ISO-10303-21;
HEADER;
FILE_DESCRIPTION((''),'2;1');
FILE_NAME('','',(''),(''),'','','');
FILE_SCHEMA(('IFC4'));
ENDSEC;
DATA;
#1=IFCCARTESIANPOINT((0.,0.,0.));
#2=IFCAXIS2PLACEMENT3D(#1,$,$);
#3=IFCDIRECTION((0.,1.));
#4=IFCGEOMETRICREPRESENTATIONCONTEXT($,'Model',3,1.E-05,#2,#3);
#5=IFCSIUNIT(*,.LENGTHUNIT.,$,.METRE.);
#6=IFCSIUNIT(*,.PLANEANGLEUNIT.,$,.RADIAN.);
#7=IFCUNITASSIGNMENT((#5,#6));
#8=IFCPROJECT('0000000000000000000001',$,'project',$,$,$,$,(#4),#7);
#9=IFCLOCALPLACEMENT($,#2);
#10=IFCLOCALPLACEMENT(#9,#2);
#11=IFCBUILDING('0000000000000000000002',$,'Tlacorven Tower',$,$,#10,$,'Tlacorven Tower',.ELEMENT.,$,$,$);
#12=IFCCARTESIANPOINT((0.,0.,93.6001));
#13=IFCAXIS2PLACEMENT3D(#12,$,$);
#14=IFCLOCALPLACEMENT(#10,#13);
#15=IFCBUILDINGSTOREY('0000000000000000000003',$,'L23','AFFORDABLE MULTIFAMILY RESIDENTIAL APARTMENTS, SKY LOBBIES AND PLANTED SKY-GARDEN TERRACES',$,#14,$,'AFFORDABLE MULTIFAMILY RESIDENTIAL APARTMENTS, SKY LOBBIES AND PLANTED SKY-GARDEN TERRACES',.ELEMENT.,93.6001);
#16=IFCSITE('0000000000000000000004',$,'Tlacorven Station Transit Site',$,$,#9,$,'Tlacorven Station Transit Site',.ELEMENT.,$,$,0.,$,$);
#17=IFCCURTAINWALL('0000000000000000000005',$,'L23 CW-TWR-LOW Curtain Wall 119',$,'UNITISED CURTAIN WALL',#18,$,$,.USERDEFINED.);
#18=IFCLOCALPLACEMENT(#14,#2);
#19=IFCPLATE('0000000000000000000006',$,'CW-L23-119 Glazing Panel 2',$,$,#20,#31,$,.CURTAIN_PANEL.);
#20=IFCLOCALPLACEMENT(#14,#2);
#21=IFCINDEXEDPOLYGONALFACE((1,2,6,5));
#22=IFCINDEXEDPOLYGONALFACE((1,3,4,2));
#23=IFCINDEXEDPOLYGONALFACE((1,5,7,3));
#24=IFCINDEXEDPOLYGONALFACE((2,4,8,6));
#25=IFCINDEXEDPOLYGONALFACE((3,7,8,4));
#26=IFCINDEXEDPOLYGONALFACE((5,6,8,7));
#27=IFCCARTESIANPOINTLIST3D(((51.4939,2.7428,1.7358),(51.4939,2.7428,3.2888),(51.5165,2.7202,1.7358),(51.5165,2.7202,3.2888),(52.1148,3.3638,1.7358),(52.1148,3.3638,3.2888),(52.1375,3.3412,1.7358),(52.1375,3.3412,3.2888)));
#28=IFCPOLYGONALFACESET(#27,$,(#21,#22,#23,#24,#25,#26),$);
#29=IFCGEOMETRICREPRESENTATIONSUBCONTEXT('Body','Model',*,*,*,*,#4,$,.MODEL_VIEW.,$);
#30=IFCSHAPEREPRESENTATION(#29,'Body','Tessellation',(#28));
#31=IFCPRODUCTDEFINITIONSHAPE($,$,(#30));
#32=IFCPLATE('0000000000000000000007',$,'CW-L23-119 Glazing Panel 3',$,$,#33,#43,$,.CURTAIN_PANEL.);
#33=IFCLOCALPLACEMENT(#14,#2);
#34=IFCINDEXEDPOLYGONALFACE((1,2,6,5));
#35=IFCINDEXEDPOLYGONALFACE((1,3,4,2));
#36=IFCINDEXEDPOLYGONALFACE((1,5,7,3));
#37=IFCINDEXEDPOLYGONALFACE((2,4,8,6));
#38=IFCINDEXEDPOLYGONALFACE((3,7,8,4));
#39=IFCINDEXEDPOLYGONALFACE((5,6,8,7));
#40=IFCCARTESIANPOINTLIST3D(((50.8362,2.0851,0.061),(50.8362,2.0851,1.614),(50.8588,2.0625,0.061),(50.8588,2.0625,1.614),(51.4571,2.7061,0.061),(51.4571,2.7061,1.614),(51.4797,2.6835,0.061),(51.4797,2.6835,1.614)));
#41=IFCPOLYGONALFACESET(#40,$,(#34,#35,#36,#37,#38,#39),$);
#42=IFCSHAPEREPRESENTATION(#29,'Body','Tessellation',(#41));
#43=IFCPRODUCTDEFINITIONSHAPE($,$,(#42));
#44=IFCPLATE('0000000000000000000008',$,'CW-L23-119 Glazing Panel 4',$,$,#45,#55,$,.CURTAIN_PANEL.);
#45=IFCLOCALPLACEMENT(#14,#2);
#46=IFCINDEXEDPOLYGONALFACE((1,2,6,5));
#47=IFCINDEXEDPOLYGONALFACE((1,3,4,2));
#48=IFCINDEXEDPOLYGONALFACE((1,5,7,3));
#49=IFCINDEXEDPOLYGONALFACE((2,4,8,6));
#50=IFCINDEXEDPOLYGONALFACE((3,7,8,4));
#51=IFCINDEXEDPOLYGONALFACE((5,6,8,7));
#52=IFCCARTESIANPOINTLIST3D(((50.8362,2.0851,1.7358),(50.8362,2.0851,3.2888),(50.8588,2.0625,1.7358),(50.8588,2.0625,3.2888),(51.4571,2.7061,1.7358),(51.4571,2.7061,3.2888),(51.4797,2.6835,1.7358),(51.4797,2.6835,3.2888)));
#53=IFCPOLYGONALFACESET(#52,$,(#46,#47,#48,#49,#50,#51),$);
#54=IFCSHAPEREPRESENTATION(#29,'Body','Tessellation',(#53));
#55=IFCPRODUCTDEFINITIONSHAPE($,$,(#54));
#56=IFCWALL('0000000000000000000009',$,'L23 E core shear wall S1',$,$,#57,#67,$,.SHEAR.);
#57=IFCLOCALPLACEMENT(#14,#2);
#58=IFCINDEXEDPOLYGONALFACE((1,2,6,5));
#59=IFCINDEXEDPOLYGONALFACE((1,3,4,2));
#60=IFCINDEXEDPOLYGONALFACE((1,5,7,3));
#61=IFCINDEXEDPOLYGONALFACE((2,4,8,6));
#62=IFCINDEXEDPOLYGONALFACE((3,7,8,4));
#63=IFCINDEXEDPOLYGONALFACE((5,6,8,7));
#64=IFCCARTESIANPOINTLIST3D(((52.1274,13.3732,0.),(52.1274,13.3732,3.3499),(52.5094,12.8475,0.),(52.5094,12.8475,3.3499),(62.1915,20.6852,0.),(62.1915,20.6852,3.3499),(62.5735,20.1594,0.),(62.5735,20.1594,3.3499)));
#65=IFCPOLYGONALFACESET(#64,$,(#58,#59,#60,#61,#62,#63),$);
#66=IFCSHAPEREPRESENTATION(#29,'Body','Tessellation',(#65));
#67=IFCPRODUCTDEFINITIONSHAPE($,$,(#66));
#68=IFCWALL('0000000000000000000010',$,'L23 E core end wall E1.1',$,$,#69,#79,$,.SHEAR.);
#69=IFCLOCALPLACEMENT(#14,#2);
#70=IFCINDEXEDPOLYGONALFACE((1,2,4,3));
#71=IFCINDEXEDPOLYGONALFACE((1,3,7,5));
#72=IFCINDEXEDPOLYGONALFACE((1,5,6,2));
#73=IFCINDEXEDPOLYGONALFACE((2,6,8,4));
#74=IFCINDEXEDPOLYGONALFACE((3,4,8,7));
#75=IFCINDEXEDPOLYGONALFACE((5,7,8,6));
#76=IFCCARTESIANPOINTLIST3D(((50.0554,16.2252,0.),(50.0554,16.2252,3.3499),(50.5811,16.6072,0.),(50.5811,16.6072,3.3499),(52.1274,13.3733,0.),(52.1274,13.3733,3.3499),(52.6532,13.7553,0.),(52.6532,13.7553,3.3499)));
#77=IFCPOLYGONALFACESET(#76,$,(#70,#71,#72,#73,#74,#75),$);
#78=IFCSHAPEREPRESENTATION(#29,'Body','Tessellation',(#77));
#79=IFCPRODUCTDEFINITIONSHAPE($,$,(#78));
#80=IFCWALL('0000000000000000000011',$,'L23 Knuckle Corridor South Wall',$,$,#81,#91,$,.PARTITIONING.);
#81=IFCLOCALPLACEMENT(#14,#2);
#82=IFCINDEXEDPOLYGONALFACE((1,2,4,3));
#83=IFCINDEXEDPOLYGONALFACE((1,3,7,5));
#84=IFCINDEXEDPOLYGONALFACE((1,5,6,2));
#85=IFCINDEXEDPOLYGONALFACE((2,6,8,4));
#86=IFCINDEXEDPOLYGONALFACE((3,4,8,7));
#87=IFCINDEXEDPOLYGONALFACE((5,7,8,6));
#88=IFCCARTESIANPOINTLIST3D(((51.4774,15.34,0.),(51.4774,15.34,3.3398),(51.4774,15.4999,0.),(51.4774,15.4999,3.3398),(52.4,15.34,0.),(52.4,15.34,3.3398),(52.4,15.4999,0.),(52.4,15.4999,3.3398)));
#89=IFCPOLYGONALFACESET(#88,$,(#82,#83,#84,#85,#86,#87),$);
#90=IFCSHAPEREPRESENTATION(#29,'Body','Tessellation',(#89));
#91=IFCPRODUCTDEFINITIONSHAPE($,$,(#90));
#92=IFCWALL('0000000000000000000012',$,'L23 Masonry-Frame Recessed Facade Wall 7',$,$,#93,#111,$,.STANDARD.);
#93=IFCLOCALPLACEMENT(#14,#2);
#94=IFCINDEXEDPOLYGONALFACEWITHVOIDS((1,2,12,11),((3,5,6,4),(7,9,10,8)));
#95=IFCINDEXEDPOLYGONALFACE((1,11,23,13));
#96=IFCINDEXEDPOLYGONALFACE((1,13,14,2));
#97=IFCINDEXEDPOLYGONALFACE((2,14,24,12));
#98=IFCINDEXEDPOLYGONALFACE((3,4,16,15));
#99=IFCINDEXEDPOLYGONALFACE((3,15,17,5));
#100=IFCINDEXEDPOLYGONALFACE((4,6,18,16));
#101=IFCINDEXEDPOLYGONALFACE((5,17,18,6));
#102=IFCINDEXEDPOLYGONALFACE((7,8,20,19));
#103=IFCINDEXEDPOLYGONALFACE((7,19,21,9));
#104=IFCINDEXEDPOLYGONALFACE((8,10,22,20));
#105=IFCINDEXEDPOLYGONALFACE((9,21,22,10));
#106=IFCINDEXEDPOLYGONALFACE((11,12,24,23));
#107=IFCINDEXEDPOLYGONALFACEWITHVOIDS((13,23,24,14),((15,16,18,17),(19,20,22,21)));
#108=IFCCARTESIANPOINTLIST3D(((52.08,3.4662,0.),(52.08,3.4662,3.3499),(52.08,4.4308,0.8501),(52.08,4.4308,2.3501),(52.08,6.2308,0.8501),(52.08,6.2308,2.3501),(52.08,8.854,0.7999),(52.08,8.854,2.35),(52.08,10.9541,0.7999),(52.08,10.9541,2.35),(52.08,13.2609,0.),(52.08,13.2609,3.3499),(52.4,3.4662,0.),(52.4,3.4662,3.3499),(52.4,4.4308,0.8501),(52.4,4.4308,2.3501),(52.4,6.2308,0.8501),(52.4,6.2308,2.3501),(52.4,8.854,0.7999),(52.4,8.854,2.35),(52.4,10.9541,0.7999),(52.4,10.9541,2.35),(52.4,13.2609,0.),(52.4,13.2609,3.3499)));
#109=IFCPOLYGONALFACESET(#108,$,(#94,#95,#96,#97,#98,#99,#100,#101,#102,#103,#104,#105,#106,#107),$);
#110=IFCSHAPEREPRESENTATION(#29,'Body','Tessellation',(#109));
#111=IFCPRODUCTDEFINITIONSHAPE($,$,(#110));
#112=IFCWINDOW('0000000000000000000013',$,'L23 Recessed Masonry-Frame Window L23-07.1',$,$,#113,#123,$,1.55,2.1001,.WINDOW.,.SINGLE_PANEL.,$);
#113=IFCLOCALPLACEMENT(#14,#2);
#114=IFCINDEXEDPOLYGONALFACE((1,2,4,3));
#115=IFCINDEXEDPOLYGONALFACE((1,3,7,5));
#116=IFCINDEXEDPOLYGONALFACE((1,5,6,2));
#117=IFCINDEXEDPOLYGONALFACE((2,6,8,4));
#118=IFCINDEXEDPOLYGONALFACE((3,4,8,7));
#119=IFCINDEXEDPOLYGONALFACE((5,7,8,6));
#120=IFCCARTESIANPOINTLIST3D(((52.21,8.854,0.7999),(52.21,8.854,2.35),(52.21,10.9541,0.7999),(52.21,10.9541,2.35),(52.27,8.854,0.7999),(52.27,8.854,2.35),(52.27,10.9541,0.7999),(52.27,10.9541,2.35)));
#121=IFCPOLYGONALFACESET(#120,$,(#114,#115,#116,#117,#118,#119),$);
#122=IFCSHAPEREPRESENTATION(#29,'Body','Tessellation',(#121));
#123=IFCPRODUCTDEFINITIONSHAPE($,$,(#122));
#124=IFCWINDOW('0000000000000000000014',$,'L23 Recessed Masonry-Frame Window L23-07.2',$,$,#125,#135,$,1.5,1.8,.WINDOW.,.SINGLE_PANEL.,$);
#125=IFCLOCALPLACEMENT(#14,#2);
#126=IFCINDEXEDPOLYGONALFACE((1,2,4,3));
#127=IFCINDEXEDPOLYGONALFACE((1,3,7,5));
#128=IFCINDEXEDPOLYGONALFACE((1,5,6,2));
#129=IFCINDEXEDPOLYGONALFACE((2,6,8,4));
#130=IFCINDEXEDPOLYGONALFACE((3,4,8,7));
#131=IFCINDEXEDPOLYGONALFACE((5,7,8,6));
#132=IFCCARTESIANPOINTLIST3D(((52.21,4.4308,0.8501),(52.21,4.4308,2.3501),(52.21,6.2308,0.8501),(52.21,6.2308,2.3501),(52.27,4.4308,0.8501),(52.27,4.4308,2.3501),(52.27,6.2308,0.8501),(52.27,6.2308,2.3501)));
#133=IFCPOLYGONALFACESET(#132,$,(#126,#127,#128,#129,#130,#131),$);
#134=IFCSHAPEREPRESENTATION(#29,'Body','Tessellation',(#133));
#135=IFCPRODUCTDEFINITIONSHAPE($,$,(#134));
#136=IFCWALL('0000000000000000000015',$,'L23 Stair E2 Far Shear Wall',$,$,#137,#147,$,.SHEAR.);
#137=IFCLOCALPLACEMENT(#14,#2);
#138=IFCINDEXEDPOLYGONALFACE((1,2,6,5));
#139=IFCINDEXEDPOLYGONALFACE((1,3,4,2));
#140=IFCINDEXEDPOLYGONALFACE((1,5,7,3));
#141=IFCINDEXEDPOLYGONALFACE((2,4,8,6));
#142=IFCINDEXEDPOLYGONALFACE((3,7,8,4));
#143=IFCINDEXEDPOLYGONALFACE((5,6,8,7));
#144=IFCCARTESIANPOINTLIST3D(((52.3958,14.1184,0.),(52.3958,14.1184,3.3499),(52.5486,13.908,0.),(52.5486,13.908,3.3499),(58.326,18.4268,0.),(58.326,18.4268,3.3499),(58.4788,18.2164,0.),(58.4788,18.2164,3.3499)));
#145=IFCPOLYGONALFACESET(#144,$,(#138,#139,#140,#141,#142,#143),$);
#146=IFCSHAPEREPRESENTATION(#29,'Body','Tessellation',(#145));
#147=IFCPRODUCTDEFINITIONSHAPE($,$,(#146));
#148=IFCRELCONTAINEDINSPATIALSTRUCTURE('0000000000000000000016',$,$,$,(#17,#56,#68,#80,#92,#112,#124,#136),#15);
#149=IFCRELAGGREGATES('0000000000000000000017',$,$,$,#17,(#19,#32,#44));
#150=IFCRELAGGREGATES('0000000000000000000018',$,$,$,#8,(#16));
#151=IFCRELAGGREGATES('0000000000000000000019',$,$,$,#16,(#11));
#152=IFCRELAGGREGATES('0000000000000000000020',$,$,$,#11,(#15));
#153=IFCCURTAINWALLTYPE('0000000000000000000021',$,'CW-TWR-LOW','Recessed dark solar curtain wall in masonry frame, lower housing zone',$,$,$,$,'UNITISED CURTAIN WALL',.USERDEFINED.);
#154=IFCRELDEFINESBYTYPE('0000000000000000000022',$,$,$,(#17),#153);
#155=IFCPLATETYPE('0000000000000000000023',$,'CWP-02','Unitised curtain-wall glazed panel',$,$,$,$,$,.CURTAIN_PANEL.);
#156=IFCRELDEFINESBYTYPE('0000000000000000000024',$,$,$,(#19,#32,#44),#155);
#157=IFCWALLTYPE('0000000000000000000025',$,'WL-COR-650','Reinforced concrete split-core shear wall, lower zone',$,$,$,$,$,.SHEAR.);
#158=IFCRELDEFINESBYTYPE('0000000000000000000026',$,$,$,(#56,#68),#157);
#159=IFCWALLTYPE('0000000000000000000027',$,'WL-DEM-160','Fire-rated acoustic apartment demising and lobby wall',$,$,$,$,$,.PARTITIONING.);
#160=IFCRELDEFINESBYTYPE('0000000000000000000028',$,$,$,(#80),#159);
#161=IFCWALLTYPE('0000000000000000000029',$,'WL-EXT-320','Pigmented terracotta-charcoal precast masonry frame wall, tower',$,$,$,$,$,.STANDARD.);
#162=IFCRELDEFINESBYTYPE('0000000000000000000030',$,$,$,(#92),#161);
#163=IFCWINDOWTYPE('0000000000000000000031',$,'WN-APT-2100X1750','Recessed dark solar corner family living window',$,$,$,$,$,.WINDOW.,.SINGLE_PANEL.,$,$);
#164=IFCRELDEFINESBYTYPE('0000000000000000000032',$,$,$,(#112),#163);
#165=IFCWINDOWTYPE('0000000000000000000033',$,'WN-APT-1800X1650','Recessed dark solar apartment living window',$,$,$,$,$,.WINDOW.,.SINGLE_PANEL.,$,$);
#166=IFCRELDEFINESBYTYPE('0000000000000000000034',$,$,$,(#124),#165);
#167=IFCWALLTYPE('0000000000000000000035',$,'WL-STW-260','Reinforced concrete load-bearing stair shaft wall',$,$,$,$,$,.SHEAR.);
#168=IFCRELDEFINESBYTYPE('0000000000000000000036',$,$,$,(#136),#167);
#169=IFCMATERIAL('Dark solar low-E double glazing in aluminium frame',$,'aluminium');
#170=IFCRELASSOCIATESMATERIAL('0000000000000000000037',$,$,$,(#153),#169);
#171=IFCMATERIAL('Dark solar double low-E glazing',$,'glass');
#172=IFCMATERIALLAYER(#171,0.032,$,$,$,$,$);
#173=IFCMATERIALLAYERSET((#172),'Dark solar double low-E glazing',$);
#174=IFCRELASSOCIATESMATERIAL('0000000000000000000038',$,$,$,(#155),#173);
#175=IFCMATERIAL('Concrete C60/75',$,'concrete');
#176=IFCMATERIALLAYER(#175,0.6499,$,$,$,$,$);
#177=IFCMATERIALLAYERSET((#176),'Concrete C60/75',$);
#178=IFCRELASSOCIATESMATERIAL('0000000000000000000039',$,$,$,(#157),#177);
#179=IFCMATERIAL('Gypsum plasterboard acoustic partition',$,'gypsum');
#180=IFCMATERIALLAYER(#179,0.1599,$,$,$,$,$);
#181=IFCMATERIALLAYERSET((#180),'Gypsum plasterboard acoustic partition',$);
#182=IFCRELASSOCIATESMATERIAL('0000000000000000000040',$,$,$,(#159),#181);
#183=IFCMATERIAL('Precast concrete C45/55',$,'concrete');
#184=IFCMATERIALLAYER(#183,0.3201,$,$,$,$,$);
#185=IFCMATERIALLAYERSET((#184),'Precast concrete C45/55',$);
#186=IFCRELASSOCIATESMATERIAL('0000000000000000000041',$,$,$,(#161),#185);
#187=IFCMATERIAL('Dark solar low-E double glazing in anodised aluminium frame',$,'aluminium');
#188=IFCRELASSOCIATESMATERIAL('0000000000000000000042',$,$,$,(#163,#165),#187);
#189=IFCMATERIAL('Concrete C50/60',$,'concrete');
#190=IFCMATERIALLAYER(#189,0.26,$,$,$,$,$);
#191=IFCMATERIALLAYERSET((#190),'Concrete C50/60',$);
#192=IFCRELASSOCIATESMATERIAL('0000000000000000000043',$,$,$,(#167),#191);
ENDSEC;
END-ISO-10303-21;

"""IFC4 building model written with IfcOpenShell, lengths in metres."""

from ifc_helpers import new_model, si_unit, direction, frame, frame_2d, origin, origin_2d, place, context, subcontext, project, spatial, rectangle, extrude, source, transform, mapped, material, layer, layer_set, type_object, element, fill, aggregate, save


model = new_model("IFC4")

# Units and contexts
model_context = context("Model", 3, precision=1e-05, world=origin(), true_north=direction((0.0, 1.0)))
body_context = subcontext(model_context, "Body", "Model", "MODEL_VIEW")
ifc_project = project(units=[si_unit("LENGTHUNIT", "METRE"), si_unit("PLANEANGLEUNIT", "RADIAN")], contexts=[model_context])

# Site, building, storey
site_placement = place(None, origin())
site = spatial("IfcSite", under=ifc_project, at=site_placement, Name="Tlacorven Station Transit Site", LongName="Tlacorven Station Transit Site", CompositionType="ELEMENT", RefElevation=0.0)
building_placement = place(site_placement, origin())
building = spatial("IfcBuilding", under=site, at=building_placement, Name="Tlacorven Tower", LongName="Tlacorven Tower", CompositionType="ELEMENT")
storey_placement = place(building_placement, frame((0.0, 0.0, 93.6001)))
storey = spatial("IfcBuildingStorey", under=building, at=storey_placement, Name="L23", Description="AFFORDABLE MULTIFAMILY RESIDENTIAL APARTMENTS, SKY LOBBIES AND PLANTED SKY-GARDEN TERRACES", LongName="AFFORDABLE MULTIFAMILY RESIDENTIAL APARTMENTS, SKY LOBBIES AND PLANTED SKY-GARDEN TERRACES", CompositionType="ELEMENT", Elevation=93.6001)

# Curtain wall, plates
ifc_material_1 = material(Name="Dark solar low-E double glazing in aluminium frame", Category="aluminium")
curtain_wall_type = type_object("IfcCurtainWallType", Name="CW-TWR-LOW", Description="Recessed dark solar curtain wall in masonry frame, lower housing zone", ElementType="UNITISED CURTAIN WALL", PredefinedType="USERDEFINED", material=ifc_material_1)
curtain_wall_placement = place(storey_placement, origin())
curtain_wall = element("IfcCurtainWall", 1, at=curtain_wall_placement, inside=storey, type_object=curtain_wall_type, Name="L23 CW-TWR-LOW Curtain Wall 119", ObjectType="UNITISED CURTAIN WALL", PredefinedType="USERDEFINED")
ifc_material_2 = material(Name="Dark solar double low-E glazing", Category="glass")
ifc_layer_1 = layer(ifc_material_2, 0.032)
ifc_layer_set_1 = layer_set([ifc_layer_1], Name="Dark solar double low-E glazing")
plate_type = type_object("IfcPlateType", Name="CWP-02", Description="Unitised curtain-wall glazed panel", PredefinedType="CURTAIN_PANEL", material=ifc_layer_set_1)
shared_shape_1 = source(origin(), body_context, "Body", "SweptSolid", [
    extrude(rectangle(XDim=0.8782, YDim=0.032, at=origin_2d()), origin(), (0.0, 0.0, 1.0), 1.553),
])
plate_1_placement = place(storey_placement, frame((51.8157, 3.042, 1.7358), z_axis=(0.0, 0.0, 1.0), x_axis=(-0.707107, -0.707107, 0.0)))
plate_1 = element("IfcPlate", 2, at=plate_1_placement, type_object=plate_type, Name="CW-L23-119 Glazing Panel 2", PredefinedType="CURTAIN_PANEL", context=body_context, shape_type="MappedRepresentation", body=[
    mapped(shared_shape_1, transform((0.0, 0.0, 0.0), scale=1.0)),
])
plate_2_placement = place(storey_placement, frame((51.158, 2.3843, 0.061), z_axis=(0.0, 0.0, 1.0), x_axis=(-0.707107, -0.707107, 0.0)))
plate_2 = element("IfcPlate", 3, at=plate_2_placement, type_object=plate_type, Name="CW-L23-119 Glazing Panel 3", PredefinedType="CURTAIN_PANEL", context=body_context, shape_type="MappedRepresentation", body=[
    mapped(shared_shape_1, transform((0.0, 0.0, 0.0), scale=1.0)),
])
plate_3_placement = place(storey_placement, frame((51.158, 2.3843, 1.7358), z_axis=(0.0, 0.0, 1.0), x_axis=(-0.707107, -0.707107, 0.0)))
plate_3 = element("IfcPlate", 4, at=plate_3_placement, type_object=plate_type, Name="CW-L23-119 Glazing Panel 4", PredefinedType="CURTAIN_PANEL", context=body_context, shape_type="MappedRepresentation", body=[
    mapped(shared_shape_1, transform((0.0, 0.0, 0.0), scale=1.0)),
])
aggregate(curtain_wall, [plate_1, plate_2, plate_3])

# Walls
ifc_material_3 = material(Name="Concrete C60/75", Category="concrete")
ifc_layer_2 = layer(ifc_material_3, 0.6499)
ifc_layer_set_2 = layer_set([ifc_layer_2], Name="Concrete C60/75")
wall_type_1 = type_object("IfcWallType", Name="WL-COR-650", Description="Reinforced concrete split-core shear wall, lower zone", PredefinedType="SHEAR", material=ifc_layer_set_2)
wall_1_placement = place(storey_placement, frame((52.3184, 13.1104, 0.0), z_axis=(0.0, 0.0, 1.0), x_axis=(0.809019, 0.587782, 0.0)))
element("IfcWall", 5, at=wall_1_placement, inside=storey, type_object=wall_type_1, Name="L23 E core shear wall S1", PredefinedType="SHEAR", context=body_context, shape_type="SweptSolid", body=[
    extrude(rectangle(XDim=12.4399, YDim=0.6499, at=frame_2d((6.22, 0.0))), origin(), (0.0, 0.0, 1.0), 3.3499),
])
wall_2_placement = place(storey_placement, frame((52.3904, 13.5642, 0.0), z_axis=(0.0, 0.0, 1.0), x_axis=(-0.587797, 0.809009, 0.0)))
element("IfcWall", 6, at=wall_2_placement, inside=storey, type_object=wall_type_1, Name="L23 E core end wall E1.1", PredefinedType="SHEAR", context=body_context, shape_type="SweptSolid", body=[
    extrude(rectangle(XDim=3.5251, YDim=0.6499, at=frame_2d((1.7627, 0.0))), origin(), (0.0, 0.0, 1.0), 3.3499),
])
ifc_material_4 = material(Name="Gypsum plasterboard acoustic partition", Category="gypsum")
ifc_layer_3 = layer(ifc_material_4, 0.1599)
ifc_layer_set_3 = layer_set([ifc_layer_3], Name="Gypsum plasterboard acoustic partition")
wall_type_2 = type_object("IfcWallType", Name="WL-DEM-160", Description="Fire-rated acoustic apartment demising and lobby wall", PredefinedType="PARTITIONING", material=ifc_layer_set_3)
wall_3_placement = place(storey_placement, frame((51.4773, 15.4199, 0.0), z_axis=(0.0, 0.0, 1.0), x_axis=(1.0, 0.0, 0.0)))
element("IfcWall", 7, at=wall_3_placement, inside=storey, type_object=wall_type_2, Name="L23 Knuckle Corridor South Wall", PredefinedType="PARTITIONING", context=body_context, shape_type="SweptSolid", body=[
    extrude(rectangle(XDim=0.9226, YDim=0.1599, at=frame_2d((0.4614, 0.0))), origin(), (0.0, 0.0, 1.0), 3.3398),
])

# Wall, openings, windows
ifc_material_5 = material(Name="Precast concrete C45/55", Category="concrete")
ifc_layer_4 = layer(ifc_material_5, 0.3201)
ifc_layer_set_4 = layer_set([ifc_layer_4], Name="Precast concrete C45/55")
wall_type_3 = type_object("IfcWallType", Name="WL-EXT-320", Description="Pigmented terracotta-charcoal precast masonry frame wall, tower", PredefinedType="STANDARD", material=ifc_layer_set_4)
wall_4_placement = place(storey_placement, frame((52.24, 13.261, 0.0), z_axis=(0.0, 0.0, 1.0), x_axis=(0.0, -1.0, 0.0)))
wall_4 = element("IfcWall", 8, at=wall_4_placement, inside=storey, type_object=wall_type_3, Name="L23 Masonry-Frame Recessed Facade Wall 7", PredefinedType="STANDARD", context=body_context, shape_type="SweptSolid", body=[
    extrude(rectangle(XDim=9.7947, YDim=0.3201, at=frame_2d((4.8975, 0.0))), origin(), (0.0, 0.0, 1.0), 3.3499),
])
opening_1_placement = place(wall_4_placement, frame((2.3069, 0.0, 0.8)))
opening_1 = element("IfcOpeningElement", 9, at=opening_1_placement, cuts=wall_4, PredefinedType="OPENING", context=body_context, shape_type="SweptSolid", body=[
    extrude(rectangle(XDim=2.1001, YDim=1.55, at=frame_2d((1.05, 0.7749))), frame((0.0, 0.1699, 0.0), z_axis=(0.0, -1.0, 0.0), x_axis=(1.0, 0.0, 0.0)), (0.0, 0.0, 1.0), 0.3401),
])
opening_2_placement = place(wall_4_placement, frame((7.0303, 0.0, 0.8501)))
opening_2 = element("IfcOpeningElement", 10, at=opening_2_placement, cuts=wall_4, PredefinedType="OPENING", context=body_context, shape_type="SweptSolid", body=[
    extrude(rectangle(XDim=1.8, YDim=1.5, at=frame_2d((0.8999, 0.75))), frame((0.0, 0.1699, 0.0), z_axis=(0.0, -1.0, 0.0), x_axis=(1.0, 0.0, 0.0)), (0.0, 0.0, 1.0), 0.3401),
])
ifc_material_6 = material(Name="Dark solar low-E double glazing in anodised aluminium frame", Category="aluminium")
window_type_1 = type_object("IfcWindowType", Name="WN-APT-2100X1750", Description="Recessed dark solar corner family living window", PartitioningType="SINGLE_PANEL", PredefinedType="WINDOW", material=ifc_material_6)
shared_shape_2 = source(origin(), body_context, "Body", "SweptSolid", [
    extrude(rectangle(XDim=2.1001, YDim=1.55, at=frame_2d((1.05, 0.7749))), frame((0.0, 0.03, 0.0), z_axis=(0.0, -1.0, 0.0), x_axis=(1.0, 0.0, 0.0)), (0.0, 0.0, 1.0), 0.0601),
])
window_1_placement = place(opening_1_placement, origin())
window_1 = element("IfcWindow", 11, at=window_1_placement, inside=storey, type_object=window_type_1, Name="L23 Recessed Masonry-Frame Window L23-07.1", OverallHeight=1.55, OverallWidth=2.1001, PartitioningType="SINGLE_PANEL", PredefinedType="WINDOW", context=body_context, shape_type="MappedRepresentation", body=[
    mapped(shared_shape_2, transform((0.0, 0.0, 0.0), scale=1.0)),
])
fill(opening_1, window_1)
window_type_2 = type_object("IfcWindowType", Name="WN-APT-1800X1650", Description="Recessed dark solar apartment living window", PartitioningType="SINGLE_PANEL", PredefinedType="WINDOW", material=ifc_material_6)
shared_shape_3 = source(origin(), body_context, "Body", "SweptSolid", [
    extrude(rectangle(XDim=1.8, YDim=1.5, at=frame_2d((0.8999, 0.75))), frame((0.0, 0.03, 0.0), z_axis=(0.0, -1.0, 0.0), x_axis=(1.0, 0.0, 0.0)), (0.0, 0.0, 1.0), 0.0601),
])
window_2_placement = place(opening_2_placement, origin())
window_2 = element("IfcWindow", 12, at=window_2_placement, inside=storey, type_object=window_type_2, Name="L23 Recessed Masonry-Frame Window L23-07.2", OverallHeight=1.5, OverallWidth=1.8, PartitioningType="SINGLE_PANEL", PredefinedType="WINDOW", context=body_context, shape_type="MappedRepresentation", body=[
    mapped(shared_shape_3, transform((0.0, 0.0, 0.0), scale=1.0)),
])
fill(opening_2, window_2)

# Wall
ifc_material_7 = material(Name="Concrete C50/60", Category="concrete")
ifc_layer_5 = layer(ifc_material_7, 0.26)
ifc_layer_set_5 = layer_set([ifc_layer_5], Name="Concrete C50/60")
wall_type_4 = type_object("IfcWallType", Name="WL-STW-260", Description="Reinforced concrete load-bearing stair shaft wall", PredefinedType="SHEAR", material=ifc_layer_set_5)
wall_5_placement = place(storey_placement, frame((52.4722, 14.0132, 0.0), z_axis=(0.0, 0.0, 1.0), x_axis=(0.809028, 0.58777, 0.0)))
element("IfcWall", 13, at=wall_5_placement, inside=storey, type_object=wall_type_4, Name="L23 Stair E2 Far Shear Wall", PredefinedType="SHEAR", context=body_context, shape_type="SweptSolid", body=[
    extrude(rectangle(XDim=7.3301, YDim=0.26, at=frame_2d((3.665, 0.0))), origin(), (0.0, 0.0, 1.0), 3.3499),
])

save(model, "model.ifc")
